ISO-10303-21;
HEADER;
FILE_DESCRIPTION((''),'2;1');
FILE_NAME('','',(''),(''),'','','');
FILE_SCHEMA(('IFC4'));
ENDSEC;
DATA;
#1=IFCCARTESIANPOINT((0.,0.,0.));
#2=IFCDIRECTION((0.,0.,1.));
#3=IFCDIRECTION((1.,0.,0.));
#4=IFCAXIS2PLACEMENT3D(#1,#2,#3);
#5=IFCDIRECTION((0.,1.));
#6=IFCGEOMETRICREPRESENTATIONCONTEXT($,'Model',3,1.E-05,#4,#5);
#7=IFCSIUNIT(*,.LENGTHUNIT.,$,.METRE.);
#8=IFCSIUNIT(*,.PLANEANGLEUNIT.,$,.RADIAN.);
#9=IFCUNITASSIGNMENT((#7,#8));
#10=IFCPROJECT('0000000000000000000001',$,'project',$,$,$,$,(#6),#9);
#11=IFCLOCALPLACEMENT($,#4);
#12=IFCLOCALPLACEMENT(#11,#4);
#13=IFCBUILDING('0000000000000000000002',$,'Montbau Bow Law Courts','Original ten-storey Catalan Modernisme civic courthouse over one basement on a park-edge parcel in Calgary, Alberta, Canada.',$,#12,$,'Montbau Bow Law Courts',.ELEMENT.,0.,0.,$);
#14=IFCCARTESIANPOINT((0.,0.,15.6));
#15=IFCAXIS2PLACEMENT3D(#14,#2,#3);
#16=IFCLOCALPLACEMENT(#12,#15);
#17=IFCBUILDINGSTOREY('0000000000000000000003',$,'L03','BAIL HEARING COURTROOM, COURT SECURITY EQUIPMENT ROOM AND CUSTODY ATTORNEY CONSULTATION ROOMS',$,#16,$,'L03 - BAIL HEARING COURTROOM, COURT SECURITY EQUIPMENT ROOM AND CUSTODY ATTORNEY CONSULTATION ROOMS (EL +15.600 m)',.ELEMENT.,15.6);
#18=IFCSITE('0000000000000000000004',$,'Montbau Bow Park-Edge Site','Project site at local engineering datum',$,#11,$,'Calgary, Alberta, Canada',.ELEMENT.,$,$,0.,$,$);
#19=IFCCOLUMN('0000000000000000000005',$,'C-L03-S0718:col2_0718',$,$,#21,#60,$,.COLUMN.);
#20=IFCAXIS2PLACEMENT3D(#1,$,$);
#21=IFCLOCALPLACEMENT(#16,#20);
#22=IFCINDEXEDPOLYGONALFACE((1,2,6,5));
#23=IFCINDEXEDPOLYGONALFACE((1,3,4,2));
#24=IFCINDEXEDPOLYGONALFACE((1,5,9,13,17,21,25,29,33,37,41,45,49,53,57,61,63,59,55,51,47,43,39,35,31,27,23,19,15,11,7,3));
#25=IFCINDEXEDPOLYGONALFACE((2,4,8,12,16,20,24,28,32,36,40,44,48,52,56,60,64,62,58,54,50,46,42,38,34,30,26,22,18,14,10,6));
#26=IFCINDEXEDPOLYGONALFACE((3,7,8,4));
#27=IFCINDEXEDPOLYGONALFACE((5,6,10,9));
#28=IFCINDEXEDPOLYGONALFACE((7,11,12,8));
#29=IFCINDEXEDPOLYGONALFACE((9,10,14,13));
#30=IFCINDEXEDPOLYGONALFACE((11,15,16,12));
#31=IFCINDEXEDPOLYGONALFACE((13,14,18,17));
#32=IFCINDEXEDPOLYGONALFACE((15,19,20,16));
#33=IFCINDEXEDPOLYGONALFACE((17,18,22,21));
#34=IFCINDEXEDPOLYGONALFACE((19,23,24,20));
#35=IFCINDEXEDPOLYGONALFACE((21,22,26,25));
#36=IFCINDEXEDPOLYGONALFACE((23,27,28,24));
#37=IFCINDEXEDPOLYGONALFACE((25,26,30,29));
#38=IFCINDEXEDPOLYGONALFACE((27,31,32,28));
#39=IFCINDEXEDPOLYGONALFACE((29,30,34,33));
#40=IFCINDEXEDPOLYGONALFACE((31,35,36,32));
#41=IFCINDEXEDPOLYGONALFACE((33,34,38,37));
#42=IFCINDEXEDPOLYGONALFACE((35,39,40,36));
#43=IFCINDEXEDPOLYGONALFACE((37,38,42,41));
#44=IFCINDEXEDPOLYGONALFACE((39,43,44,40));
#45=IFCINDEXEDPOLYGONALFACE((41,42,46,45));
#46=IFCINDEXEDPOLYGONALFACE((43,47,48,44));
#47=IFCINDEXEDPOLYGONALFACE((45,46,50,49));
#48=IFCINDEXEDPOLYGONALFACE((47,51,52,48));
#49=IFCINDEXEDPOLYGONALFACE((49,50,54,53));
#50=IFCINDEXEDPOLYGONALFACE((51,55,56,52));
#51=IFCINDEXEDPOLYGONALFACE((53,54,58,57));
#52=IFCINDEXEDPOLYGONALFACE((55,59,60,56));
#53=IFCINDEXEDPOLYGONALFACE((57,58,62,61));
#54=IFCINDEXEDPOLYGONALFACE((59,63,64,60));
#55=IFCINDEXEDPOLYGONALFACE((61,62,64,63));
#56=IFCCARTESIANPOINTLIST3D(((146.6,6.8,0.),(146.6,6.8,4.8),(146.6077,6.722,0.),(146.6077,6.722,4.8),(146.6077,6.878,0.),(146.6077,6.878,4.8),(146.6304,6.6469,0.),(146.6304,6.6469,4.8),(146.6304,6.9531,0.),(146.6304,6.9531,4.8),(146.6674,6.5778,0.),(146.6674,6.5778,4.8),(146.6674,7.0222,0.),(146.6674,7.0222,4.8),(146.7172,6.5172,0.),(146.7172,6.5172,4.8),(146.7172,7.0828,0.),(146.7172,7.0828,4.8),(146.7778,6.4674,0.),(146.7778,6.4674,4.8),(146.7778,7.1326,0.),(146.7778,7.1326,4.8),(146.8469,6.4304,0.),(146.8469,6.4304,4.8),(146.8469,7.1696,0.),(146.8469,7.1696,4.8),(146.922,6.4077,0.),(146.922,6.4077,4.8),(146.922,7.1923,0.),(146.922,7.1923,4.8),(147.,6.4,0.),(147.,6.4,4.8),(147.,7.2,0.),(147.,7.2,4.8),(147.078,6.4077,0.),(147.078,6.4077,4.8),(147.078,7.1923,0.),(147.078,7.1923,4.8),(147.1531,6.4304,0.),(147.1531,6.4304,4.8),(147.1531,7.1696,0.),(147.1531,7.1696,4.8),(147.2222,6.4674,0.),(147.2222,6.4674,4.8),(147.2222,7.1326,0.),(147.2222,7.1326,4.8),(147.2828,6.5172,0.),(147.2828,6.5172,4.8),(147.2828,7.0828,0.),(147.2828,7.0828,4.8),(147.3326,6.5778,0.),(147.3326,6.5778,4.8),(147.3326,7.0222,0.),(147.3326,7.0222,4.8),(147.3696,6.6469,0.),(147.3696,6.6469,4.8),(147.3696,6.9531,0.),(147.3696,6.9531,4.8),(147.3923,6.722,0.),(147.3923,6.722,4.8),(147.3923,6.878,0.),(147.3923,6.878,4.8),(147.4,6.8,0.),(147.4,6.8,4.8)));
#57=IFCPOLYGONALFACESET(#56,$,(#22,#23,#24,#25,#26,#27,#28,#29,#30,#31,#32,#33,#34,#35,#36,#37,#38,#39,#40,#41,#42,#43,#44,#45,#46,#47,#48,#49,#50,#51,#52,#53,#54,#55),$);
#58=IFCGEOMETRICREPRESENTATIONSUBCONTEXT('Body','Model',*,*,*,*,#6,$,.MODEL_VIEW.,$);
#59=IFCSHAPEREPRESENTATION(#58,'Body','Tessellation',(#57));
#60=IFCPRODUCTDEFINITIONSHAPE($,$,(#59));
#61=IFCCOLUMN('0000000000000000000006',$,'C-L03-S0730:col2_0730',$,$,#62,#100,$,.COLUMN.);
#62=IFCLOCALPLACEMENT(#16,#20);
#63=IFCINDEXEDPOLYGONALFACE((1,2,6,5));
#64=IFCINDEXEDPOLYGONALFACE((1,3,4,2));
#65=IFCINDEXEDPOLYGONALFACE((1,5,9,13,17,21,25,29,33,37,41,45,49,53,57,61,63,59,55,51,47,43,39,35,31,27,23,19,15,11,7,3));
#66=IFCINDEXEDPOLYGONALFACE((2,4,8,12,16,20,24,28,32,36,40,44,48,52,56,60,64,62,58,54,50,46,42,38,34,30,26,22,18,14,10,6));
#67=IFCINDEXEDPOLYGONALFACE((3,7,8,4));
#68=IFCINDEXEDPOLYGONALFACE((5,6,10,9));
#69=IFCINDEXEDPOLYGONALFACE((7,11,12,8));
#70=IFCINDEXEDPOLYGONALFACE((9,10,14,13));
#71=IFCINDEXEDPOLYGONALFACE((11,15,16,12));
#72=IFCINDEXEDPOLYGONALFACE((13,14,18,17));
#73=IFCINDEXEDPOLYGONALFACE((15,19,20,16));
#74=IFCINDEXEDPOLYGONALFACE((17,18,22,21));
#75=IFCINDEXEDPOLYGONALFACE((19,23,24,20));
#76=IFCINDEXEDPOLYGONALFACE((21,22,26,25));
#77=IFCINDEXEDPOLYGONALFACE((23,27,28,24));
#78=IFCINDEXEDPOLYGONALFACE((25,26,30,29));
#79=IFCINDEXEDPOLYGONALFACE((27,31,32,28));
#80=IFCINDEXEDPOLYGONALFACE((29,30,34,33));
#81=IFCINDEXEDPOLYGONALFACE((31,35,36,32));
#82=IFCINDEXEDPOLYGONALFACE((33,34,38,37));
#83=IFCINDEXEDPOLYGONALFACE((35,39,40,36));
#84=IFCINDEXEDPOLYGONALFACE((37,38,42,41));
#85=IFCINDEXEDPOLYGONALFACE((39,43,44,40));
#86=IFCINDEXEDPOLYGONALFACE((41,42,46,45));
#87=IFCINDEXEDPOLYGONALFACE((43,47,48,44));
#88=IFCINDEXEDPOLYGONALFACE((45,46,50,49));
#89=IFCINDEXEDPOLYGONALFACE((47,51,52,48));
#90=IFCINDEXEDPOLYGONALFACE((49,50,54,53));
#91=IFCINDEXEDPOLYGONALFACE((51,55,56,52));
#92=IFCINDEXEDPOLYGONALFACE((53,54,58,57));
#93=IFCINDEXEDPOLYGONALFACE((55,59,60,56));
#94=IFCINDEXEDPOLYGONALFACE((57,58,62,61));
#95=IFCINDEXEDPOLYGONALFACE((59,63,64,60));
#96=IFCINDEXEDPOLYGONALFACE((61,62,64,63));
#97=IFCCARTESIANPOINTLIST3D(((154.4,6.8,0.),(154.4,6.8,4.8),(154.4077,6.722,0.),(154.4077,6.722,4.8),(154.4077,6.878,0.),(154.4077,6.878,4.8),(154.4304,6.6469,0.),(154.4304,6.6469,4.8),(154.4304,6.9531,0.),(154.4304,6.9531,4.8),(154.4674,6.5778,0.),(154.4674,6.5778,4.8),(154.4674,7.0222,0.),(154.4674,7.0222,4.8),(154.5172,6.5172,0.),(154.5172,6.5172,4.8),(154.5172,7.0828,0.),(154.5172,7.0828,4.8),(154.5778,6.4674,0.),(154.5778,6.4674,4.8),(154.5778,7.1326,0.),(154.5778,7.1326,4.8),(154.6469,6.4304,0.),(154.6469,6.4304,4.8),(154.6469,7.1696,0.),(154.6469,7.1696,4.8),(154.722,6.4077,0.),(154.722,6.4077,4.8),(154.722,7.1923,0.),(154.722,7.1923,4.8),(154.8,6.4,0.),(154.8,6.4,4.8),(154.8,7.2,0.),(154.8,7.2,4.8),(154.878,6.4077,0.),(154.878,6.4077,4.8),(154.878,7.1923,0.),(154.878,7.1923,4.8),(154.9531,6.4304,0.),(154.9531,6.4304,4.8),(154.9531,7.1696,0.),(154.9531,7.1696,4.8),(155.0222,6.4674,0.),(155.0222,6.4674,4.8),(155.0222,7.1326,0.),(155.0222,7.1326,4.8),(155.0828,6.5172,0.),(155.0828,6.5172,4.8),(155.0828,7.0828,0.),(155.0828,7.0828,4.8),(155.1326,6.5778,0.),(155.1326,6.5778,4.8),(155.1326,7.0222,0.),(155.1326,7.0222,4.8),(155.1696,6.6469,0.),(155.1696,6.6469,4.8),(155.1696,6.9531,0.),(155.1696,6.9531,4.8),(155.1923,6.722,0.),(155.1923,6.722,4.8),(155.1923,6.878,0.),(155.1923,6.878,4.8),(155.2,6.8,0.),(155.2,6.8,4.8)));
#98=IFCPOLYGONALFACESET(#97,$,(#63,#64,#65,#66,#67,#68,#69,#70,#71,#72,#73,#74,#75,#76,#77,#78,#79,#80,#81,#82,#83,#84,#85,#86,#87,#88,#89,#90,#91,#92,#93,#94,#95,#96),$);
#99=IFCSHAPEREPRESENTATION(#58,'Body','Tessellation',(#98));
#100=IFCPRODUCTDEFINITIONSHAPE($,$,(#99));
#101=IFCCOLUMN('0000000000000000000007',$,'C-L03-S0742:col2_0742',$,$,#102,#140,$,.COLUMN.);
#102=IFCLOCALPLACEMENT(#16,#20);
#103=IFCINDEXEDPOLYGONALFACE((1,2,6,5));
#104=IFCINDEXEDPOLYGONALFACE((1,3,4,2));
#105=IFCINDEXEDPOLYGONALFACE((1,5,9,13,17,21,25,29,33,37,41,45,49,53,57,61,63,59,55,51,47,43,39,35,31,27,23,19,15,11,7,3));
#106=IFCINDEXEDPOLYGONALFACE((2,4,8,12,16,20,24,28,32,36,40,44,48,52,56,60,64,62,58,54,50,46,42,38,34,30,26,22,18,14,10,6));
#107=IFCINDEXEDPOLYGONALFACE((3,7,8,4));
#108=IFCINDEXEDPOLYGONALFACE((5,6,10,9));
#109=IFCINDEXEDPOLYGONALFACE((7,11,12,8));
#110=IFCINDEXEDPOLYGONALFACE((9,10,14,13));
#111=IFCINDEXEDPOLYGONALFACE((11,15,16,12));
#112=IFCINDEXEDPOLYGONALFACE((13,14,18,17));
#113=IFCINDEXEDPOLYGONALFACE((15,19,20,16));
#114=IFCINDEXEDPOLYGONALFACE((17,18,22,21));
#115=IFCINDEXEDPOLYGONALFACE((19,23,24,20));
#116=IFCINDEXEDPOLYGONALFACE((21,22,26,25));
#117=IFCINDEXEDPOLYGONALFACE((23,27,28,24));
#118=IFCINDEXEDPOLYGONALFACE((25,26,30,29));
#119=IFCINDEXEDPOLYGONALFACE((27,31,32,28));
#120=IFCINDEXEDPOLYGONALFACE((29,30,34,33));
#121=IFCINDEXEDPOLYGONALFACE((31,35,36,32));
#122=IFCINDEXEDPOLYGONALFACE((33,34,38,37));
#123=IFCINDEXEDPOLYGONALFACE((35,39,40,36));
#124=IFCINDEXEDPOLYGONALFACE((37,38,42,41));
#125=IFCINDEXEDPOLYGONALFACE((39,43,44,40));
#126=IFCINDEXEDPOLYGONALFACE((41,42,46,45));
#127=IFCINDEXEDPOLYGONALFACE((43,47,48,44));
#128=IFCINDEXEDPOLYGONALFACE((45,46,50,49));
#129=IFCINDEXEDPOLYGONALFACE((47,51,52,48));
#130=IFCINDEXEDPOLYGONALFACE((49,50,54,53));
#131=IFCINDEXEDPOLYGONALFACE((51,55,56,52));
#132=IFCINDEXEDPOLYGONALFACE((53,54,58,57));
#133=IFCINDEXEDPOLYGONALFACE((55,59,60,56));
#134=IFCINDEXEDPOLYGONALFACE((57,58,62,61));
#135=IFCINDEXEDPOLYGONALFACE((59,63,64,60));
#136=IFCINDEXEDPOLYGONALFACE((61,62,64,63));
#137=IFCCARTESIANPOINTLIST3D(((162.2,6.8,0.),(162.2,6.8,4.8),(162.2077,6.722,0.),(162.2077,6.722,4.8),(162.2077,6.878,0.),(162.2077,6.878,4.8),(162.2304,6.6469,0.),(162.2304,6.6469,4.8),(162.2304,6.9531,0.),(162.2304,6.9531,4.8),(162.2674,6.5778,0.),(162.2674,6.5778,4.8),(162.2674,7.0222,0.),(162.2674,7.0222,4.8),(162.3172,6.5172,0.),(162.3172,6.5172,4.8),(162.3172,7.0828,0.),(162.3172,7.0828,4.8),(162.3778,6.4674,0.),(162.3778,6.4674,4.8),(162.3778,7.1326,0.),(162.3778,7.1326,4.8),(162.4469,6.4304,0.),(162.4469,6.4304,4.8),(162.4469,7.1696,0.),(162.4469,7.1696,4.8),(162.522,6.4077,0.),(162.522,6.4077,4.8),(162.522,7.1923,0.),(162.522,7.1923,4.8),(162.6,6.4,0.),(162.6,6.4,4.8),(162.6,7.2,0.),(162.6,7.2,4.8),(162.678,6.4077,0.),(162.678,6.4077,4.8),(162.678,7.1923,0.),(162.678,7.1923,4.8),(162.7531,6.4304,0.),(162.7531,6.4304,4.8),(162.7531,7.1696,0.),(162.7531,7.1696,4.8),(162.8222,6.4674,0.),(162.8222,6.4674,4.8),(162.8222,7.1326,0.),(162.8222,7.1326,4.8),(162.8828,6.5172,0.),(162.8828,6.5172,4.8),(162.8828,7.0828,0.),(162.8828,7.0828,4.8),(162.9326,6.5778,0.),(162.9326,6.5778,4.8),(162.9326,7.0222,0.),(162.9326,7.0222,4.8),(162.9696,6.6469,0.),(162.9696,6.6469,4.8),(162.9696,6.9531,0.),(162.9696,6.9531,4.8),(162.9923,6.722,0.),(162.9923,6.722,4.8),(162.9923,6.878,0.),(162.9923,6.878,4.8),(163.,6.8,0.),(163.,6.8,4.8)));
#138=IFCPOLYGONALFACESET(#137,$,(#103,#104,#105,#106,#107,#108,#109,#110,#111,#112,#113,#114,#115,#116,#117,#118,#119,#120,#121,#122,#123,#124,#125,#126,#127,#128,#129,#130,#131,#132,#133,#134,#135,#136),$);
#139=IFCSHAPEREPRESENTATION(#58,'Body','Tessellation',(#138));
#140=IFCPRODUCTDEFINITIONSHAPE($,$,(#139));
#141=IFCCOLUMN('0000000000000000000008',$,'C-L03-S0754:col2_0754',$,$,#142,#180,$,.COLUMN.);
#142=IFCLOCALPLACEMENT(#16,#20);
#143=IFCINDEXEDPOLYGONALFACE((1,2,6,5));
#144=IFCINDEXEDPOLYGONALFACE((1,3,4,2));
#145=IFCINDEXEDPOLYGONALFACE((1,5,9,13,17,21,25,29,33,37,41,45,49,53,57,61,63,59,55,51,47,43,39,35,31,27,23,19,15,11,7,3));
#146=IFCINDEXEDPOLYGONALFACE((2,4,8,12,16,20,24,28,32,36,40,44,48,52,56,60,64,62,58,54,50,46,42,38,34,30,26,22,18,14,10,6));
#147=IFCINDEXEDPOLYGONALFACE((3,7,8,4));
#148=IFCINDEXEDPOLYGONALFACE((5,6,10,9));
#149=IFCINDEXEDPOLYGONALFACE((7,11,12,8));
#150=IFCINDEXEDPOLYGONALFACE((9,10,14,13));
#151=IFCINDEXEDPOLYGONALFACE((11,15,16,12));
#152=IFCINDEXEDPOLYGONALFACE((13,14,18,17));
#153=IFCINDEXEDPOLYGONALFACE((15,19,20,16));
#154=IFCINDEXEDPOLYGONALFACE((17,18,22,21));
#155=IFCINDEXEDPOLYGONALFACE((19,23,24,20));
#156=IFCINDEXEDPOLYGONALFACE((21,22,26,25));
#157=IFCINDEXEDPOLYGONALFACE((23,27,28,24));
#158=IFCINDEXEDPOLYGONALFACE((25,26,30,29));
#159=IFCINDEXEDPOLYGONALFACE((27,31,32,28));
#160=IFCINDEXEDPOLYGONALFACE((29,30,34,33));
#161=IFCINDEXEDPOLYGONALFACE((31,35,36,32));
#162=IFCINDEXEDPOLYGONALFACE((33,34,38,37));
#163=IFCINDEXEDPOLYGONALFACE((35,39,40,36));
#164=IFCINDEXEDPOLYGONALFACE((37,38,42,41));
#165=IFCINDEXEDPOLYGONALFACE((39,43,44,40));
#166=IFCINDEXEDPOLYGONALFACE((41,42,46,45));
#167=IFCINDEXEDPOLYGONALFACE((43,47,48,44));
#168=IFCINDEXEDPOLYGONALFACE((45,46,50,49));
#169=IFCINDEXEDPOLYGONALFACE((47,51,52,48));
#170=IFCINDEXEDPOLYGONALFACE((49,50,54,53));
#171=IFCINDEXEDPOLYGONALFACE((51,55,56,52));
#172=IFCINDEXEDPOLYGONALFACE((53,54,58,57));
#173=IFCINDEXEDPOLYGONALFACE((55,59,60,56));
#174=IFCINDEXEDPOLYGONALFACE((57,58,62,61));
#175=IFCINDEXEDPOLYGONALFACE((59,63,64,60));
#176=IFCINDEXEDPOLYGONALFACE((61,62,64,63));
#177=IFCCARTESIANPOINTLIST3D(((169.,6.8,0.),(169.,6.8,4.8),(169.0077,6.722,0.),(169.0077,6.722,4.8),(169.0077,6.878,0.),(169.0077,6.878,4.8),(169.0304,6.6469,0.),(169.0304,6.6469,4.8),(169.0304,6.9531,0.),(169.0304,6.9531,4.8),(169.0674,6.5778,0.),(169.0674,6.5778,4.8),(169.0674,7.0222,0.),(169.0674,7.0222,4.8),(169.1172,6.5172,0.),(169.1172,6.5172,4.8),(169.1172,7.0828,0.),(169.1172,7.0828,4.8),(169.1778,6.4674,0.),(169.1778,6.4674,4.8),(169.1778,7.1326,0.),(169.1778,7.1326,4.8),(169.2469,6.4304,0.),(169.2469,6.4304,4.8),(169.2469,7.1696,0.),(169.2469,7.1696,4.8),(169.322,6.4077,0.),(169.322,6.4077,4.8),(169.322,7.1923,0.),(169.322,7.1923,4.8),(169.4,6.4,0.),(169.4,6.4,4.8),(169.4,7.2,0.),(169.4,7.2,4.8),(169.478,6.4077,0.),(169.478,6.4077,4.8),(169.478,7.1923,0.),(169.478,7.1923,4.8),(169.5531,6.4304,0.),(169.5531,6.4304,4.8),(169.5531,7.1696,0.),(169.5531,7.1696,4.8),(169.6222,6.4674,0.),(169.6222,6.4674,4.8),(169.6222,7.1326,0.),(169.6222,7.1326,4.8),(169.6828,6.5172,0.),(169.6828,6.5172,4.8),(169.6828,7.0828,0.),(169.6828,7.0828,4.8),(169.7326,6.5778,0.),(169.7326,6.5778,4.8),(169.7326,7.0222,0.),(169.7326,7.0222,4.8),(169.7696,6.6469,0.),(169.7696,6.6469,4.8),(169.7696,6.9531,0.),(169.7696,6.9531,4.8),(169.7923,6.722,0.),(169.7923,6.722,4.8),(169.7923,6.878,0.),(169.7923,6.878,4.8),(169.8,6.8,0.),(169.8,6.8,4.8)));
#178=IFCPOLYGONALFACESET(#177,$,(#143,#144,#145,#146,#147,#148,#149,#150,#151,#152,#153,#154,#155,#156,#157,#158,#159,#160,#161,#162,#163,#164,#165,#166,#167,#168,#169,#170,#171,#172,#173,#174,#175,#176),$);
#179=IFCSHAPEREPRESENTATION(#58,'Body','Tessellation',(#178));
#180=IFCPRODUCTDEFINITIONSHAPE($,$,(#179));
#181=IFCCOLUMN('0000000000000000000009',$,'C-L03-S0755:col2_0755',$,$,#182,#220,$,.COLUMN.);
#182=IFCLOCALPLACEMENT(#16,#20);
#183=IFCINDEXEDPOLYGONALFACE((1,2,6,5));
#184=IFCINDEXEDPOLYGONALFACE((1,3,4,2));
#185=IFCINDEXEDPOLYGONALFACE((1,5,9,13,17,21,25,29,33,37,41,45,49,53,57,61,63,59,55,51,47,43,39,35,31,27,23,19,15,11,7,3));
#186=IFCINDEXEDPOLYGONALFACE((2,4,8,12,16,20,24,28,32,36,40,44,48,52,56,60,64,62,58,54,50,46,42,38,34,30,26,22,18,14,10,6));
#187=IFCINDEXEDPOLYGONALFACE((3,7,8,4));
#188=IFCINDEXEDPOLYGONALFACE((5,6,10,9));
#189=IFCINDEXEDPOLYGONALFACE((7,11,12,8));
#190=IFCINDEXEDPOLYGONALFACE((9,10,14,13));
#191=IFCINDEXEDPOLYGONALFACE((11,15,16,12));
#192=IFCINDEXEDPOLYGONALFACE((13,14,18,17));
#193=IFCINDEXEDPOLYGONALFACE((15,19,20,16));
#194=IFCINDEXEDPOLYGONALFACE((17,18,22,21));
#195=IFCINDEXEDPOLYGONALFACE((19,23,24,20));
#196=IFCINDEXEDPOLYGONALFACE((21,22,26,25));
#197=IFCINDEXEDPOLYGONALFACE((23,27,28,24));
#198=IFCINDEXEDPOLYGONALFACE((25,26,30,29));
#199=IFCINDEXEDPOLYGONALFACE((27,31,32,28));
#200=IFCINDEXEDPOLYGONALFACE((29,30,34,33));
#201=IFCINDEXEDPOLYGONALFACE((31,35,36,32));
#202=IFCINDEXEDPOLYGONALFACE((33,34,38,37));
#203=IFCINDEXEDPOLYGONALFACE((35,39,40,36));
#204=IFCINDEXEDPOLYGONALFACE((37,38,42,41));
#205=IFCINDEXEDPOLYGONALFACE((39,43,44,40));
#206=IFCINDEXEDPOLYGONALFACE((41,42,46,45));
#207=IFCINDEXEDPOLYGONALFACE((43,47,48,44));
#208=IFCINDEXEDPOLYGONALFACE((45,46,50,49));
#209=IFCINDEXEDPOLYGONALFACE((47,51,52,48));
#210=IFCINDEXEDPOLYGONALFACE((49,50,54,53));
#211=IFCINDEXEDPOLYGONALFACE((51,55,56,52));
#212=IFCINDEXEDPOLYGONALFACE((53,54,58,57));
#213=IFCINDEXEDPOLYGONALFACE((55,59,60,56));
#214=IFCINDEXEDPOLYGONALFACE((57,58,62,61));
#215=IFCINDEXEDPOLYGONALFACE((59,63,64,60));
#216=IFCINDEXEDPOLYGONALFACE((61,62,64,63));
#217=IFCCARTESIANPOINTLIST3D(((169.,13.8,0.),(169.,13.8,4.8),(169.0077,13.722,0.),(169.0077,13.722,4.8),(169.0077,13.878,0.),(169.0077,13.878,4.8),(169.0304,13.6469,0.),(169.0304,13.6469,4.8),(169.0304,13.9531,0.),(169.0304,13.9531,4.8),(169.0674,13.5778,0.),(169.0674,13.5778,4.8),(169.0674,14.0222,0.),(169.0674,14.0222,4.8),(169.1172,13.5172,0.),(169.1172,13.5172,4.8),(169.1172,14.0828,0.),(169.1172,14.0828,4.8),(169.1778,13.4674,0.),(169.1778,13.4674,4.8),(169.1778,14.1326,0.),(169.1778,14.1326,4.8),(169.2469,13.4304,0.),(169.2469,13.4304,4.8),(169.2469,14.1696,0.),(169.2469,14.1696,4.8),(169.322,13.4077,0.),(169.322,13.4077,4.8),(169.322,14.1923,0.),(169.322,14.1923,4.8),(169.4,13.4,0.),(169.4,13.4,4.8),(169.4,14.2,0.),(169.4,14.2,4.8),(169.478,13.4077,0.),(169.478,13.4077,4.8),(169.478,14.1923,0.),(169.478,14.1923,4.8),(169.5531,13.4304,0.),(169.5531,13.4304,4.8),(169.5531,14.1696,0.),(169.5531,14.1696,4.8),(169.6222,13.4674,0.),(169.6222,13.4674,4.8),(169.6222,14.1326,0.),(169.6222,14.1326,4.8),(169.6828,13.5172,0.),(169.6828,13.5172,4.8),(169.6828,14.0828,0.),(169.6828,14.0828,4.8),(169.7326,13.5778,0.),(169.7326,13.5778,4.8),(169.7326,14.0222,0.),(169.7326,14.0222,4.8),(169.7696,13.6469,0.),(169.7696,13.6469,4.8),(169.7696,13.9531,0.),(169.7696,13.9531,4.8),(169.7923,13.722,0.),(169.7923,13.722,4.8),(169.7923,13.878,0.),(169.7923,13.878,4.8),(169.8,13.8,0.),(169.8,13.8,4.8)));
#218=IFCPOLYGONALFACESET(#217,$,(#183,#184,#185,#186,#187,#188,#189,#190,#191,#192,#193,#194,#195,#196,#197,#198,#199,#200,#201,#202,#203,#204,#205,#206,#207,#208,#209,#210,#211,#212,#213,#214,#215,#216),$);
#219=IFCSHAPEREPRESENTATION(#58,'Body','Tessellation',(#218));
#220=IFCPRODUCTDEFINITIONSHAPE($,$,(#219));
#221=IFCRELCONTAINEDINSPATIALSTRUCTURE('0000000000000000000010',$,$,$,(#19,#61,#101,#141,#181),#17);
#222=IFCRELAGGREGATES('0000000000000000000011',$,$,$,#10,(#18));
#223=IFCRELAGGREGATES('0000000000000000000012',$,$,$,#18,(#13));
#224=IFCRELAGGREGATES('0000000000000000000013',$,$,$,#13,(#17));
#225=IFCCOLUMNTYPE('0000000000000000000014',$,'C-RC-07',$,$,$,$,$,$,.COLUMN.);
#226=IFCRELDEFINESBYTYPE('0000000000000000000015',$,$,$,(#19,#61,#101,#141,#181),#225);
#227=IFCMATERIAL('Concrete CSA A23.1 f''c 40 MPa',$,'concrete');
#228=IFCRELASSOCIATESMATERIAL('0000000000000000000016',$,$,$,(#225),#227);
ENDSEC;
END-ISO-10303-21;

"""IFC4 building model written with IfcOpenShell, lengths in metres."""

from ifc_helpers import new_model, si_unit, direction, frame, origin_with_axes, origin_2d_with_axis, place, context, subcontext, project, spatial, circle, extrude, material, material_profile, profile_set, type_object, element, save


model = new_model("IFC4")

# Units and contexts
model_context = context("Model", 3, precision=1e-05, world=origin_with_axes(), true_north=direction((0.0, 1.0)))
body_context = subcontext(model_context, "Body", "Model", "MODEL_VIEW")
ifc_project = project(units=[si_unit("LENGTHUNIT", "METRE"), si_unit("PLANEANGLEUNIT", "RADIAN")], contexts=[model_context])

# Site, building, storey
site_placement = place(None, origin_with_axes())
site = spatial("IfcSite", under=ifc_project, at=site_placement, Name="Montbau Bow Park-Edge Site", Description="Project site at local engineering datum", LongName="Calgary, Alberta, Canada", CompositionType="ELEMENT", RefElevation=0.0)
building_placement = place(site_placement, origin_with_axes())
building = spatial("IfcBuilding", under=site, at=building_placement, Name="Montbau Bow Law Courts", Description="Original ten-storey Catalan Modernisme civic courthouse over one basement on a park-edge parcel in Calgary, Alberta, Canada.", LongName="Montbau Bow Law Courts", CompositionType="ELEMENT", ElevationOfRefHeight=0.0, ElevationOfTerrain=0.0)
storey_placement = place(building_placement, frame((0.0, 0.0, 15.6), z_axis=(0.0, 0.0, 1.0), x_axis=(1.0, 0.0, 0.0)))
storey = spatial("IfcBuildingStorey", under=building, at=storey_placement, Name="L03", Description="BAIL HEARING COURTROOM, COURT SECURITY EQUIPMENT ROOM AND CUSTODY ATTORNEY CONSULTATION ROOMS", LongName="L03 - BAIL HEARING COURTROOM, COURT SECURITY EQUIPMENT ROOM AND CUSTODY ATTORNEY CONSULTATION ROOMS (EL +15.600 m)", CompositionType="ELEMENT", Elevation=15.6)

# Columns
ifc_material_1 = material(Name="Concrete CSA A23.1 f'c 40 MPa", Category="concrete")
ifc_material_profile_1 = material_profile(ifc_material_1, circle(Radius=0.4, at=origin_2d_with_axis()), Name="RC800D", Category="Main", Priority=0)
ifc_profile_set_1 = profile_set([ifc_material_profile_1], Name="Concrete CSA A23.1 f'c 40 MPa")
column_type_1 = type_object("IfcColumnType", Name="C-RC-07", PredefinedType="COLUMN", material=ifc_profile_set_1)
for number, where, z_axis, x_axis, name in (
    (1, (147.0, 6.8, 15.6), (0.0, 0.0, 1.0), (1.0, 0.0, 0.0), "C-L03-S0718:col2_0718"),
    (2, (154.8, 6.8, 15.6), (0.0, 0.0, 1.0), (1.0, 0.0, 0.0), "C-L03-S0730:col2_0730"),
    (3, (162.6, 6.8, 15.6), (0.0, 0.0, 1.0), (1.0, 0.0, 0.0), "C-L03-S0742:col2_0742"),
    (4, (169.4, 6.8, 15.6), (0.0, 0.0, 1.0), (1.0, 0.0, 0.0), "C-L03-S0754:col2_0754"),
    (5, (169.4, 13.8, 15.6), (0.0, 0.0, 1.0), (1.0, 0.0, 0.0), "C-L03-S0755:col2_0755"),
):
    element("IfcColumn", number, at=place(None, frame(where, z_axis=z_axis, x_axis=x_axis)), inside=storey, type_object=column_type_1, Name=name, PredefinedType="COLUMN", context=body_context, shape_type="SweptSolid", body=[
        extrude(circle(Radius=0.4, at=origin_2d_with_axis()), origin_with_axes(), (0.0, 0.0, 1.0), 4.8),
    ])

save(model, "model.ifc")
